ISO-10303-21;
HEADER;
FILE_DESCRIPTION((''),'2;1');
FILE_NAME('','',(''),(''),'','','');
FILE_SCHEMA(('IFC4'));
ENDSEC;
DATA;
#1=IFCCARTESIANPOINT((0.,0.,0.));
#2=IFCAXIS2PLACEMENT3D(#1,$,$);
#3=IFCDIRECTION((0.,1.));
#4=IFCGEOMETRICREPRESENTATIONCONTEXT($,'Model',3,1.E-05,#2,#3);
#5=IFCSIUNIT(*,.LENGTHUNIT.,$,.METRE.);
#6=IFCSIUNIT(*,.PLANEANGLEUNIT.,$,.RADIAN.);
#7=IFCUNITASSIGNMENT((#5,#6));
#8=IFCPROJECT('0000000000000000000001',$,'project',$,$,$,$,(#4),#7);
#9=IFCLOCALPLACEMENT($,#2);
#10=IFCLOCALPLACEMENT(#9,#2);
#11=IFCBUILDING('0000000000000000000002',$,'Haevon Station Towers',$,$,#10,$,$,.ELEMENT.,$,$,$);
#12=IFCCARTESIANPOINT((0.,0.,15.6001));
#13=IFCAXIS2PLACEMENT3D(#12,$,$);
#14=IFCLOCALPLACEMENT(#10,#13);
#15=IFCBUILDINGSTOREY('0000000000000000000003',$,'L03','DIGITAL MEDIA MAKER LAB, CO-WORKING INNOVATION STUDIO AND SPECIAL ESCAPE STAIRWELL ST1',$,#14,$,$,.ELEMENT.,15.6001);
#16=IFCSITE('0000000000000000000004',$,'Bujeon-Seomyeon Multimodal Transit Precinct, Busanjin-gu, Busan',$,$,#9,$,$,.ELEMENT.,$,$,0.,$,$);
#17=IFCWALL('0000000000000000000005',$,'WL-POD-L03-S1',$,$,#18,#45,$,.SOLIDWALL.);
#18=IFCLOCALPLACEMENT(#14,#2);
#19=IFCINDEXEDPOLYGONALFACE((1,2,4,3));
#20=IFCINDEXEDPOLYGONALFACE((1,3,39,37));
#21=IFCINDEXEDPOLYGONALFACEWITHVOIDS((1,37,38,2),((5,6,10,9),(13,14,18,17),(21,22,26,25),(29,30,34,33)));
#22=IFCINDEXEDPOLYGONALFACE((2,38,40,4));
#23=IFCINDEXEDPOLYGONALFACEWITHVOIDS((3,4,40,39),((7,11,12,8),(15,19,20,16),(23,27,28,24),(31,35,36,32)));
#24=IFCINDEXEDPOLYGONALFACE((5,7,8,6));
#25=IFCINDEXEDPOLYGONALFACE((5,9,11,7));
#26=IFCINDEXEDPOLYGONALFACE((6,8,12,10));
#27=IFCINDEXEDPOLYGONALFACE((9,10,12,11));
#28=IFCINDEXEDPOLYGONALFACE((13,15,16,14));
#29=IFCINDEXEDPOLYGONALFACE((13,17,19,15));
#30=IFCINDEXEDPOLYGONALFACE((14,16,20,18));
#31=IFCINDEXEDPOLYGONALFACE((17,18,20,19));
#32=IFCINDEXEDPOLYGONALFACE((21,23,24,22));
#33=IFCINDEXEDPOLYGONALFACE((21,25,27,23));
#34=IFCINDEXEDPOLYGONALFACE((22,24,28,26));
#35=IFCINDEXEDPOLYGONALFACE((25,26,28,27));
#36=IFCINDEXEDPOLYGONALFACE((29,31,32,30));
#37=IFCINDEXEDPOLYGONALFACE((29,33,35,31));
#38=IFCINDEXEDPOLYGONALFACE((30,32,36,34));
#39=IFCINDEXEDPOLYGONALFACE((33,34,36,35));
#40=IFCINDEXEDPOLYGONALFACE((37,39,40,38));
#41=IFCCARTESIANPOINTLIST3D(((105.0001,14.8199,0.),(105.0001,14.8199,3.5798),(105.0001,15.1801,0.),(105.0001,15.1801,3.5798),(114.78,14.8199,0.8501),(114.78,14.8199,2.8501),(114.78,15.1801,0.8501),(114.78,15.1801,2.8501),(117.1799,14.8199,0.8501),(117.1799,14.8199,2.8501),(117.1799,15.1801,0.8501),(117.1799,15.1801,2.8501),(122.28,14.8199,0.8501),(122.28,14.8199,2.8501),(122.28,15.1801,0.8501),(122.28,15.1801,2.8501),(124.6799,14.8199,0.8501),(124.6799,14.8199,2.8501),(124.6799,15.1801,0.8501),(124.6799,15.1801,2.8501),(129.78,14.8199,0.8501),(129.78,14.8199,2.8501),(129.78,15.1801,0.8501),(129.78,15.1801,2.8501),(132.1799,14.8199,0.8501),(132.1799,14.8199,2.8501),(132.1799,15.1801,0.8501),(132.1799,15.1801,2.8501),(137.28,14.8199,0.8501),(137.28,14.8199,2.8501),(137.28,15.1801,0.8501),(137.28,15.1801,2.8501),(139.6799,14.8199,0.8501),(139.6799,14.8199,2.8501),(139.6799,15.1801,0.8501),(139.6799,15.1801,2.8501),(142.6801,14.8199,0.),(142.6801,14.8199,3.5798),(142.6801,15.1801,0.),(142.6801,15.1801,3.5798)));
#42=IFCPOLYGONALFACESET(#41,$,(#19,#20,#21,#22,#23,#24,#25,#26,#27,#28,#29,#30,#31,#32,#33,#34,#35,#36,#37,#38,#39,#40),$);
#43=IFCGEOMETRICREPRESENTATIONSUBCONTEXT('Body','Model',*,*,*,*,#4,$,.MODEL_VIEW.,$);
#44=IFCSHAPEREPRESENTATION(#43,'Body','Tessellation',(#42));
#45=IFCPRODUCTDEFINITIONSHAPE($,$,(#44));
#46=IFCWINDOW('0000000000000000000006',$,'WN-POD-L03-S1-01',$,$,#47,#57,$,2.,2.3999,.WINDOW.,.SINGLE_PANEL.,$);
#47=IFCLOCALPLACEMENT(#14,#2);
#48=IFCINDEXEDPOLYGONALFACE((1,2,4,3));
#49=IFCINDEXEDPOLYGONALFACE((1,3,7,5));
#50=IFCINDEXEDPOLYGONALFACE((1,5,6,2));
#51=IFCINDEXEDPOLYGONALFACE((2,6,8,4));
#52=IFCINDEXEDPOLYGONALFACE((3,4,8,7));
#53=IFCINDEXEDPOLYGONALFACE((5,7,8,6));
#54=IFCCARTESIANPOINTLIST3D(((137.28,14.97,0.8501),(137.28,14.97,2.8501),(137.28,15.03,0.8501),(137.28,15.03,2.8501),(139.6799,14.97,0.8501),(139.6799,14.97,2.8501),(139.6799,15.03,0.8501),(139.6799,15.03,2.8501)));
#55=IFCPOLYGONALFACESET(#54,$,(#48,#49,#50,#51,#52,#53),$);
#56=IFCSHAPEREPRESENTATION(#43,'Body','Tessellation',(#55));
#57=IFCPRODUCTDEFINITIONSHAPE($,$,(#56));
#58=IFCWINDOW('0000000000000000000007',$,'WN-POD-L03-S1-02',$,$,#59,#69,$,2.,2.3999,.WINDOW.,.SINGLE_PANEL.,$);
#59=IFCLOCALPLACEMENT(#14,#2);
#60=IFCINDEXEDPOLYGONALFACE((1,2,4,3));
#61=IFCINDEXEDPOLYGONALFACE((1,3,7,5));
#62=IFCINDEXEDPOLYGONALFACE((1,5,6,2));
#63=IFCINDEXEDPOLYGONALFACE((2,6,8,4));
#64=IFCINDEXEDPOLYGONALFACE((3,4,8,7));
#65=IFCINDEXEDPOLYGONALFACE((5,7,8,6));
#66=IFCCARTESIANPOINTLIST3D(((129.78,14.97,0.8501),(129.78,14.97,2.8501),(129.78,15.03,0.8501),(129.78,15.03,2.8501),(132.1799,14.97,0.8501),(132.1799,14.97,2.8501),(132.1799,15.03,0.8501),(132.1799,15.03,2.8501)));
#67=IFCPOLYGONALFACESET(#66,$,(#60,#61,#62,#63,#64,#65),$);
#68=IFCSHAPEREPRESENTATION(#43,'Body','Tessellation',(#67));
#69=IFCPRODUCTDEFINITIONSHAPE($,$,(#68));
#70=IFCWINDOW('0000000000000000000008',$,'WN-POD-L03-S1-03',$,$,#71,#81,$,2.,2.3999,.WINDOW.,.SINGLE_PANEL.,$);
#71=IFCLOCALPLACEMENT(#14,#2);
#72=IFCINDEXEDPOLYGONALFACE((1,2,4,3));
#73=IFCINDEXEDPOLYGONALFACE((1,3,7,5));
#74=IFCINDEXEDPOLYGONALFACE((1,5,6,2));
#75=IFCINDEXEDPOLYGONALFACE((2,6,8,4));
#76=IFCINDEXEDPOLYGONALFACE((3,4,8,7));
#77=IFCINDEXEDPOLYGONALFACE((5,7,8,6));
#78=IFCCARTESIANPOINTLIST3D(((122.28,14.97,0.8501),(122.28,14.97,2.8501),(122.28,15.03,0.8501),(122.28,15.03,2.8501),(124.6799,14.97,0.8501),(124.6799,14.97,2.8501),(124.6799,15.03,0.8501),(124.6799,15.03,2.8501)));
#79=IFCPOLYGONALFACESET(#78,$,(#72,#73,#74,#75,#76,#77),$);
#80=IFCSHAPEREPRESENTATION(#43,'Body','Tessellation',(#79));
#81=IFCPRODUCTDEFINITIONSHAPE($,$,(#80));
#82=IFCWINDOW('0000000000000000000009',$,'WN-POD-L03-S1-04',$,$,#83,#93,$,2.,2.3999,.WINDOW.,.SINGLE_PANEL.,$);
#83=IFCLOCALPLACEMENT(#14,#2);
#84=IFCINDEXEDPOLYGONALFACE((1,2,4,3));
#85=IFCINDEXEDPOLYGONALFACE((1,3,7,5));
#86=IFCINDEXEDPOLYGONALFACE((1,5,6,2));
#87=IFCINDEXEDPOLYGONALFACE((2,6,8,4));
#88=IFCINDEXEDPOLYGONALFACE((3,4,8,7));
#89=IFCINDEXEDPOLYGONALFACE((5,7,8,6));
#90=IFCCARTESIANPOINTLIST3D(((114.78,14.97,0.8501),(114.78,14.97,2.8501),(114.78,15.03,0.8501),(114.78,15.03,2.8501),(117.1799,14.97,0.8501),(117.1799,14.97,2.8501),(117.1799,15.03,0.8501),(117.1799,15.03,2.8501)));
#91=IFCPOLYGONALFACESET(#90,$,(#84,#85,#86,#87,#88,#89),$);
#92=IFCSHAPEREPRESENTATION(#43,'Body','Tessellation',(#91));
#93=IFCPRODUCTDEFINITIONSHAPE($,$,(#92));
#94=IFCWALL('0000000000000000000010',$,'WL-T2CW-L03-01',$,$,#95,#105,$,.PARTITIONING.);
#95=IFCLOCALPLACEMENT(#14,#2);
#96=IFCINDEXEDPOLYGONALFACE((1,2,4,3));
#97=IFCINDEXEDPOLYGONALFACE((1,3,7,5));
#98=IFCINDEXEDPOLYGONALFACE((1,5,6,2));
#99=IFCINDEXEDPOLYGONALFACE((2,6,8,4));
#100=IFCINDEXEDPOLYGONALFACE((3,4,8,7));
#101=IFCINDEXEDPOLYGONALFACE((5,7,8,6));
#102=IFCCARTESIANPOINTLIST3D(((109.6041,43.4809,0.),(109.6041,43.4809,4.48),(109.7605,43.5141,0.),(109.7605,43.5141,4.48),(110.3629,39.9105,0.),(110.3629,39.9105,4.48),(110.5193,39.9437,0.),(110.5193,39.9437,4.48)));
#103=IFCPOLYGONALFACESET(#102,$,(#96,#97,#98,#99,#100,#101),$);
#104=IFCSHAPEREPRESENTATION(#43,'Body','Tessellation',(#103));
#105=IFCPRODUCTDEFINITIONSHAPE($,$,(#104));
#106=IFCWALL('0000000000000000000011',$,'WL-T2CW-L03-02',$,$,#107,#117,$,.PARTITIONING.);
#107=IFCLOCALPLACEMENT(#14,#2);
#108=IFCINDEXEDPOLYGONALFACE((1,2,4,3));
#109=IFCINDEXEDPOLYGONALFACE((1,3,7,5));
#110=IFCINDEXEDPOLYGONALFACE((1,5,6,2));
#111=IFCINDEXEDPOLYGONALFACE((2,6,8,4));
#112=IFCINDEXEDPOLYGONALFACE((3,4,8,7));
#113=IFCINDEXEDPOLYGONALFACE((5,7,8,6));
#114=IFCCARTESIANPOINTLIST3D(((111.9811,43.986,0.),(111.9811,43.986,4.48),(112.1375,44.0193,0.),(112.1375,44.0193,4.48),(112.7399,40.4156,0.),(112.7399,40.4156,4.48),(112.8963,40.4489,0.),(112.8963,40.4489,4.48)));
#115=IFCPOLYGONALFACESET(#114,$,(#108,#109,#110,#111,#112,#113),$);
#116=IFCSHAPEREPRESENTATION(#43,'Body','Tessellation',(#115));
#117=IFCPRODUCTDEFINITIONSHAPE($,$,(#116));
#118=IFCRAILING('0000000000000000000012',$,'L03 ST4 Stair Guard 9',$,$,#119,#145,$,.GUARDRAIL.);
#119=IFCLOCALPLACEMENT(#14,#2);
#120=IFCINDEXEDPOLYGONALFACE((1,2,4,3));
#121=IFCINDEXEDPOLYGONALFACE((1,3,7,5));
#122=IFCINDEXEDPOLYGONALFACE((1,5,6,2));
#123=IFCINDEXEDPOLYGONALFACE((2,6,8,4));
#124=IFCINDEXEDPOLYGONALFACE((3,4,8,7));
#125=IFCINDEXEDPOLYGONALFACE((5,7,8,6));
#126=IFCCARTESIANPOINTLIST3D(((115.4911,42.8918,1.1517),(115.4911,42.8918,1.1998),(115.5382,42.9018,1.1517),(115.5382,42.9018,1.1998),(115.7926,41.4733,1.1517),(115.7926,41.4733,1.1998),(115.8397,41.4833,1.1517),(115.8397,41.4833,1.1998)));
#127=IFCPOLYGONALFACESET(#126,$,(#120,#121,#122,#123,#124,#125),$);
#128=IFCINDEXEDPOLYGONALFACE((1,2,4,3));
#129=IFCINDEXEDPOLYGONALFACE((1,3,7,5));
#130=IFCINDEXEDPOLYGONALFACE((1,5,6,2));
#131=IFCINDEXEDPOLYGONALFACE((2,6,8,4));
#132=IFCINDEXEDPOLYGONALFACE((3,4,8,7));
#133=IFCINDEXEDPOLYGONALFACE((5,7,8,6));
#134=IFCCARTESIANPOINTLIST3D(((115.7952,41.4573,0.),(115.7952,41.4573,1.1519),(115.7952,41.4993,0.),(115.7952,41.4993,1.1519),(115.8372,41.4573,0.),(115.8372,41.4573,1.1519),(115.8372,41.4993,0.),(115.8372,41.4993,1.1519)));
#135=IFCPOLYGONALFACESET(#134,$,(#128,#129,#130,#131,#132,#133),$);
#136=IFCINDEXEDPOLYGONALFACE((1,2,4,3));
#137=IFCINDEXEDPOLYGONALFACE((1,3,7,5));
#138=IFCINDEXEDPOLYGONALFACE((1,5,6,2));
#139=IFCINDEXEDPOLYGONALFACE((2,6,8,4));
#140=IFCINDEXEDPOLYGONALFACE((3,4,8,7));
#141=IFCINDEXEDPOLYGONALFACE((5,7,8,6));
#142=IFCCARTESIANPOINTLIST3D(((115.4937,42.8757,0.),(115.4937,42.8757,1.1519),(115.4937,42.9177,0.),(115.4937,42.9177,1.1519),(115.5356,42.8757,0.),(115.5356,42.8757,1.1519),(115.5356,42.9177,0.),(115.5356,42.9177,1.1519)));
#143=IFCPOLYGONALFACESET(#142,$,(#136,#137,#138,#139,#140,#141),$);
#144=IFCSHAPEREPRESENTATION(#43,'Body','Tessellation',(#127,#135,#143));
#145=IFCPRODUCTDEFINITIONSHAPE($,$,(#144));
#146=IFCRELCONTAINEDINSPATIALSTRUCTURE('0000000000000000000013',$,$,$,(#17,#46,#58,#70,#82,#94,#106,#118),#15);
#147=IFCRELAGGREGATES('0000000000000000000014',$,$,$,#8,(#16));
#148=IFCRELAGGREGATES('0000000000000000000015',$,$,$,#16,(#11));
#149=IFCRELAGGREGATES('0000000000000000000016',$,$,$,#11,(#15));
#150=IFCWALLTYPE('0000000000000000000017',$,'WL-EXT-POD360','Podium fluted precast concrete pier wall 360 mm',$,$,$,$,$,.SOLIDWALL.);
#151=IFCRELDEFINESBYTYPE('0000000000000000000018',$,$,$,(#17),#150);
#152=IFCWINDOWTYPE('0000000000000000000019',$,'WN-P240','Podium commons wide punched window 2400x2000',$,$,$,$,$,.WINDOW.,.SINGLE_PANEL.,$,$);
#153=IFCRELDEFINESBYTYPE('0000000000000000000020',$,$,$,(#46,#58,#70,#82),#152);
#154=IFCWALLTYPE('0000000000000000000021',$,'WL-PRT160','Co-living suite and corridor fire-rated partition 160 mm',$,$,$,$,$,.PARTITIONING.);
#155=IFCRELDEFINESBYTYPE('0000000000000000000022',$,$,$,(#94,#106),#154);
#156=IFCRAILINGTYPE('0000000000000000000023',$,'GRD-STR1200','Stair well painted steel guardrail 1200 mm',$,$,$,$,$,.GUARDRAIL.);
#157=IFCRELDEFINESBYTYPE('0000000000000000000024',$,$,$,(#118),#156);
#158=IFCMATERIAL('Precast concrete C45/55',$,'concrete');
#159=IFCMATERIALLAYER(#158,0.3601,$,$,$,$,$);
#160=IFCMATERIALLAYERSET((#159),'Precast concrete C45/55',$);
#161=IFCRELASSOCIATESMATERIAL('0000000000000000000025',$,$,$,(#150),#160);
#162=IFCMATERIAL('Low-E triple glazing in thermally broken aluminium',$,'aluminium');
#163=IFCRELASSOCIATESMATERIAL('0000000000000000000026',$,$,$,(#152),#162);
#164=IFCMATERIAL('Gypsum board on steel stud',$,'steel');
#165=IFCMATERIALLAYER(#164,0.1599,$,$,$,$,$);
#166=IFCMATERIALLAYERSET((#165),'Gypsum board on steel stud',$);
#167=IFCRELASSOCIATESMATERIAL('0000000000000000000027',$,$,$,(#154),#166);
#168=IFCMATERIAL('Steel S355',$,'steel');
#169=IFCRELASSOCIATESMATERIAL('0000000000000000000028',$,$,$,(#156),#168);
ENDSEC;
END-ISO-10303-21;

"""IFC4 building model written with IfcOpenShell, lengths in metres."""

from ifc_helpers import new_model, si_unit, direction, frame, frame_2d, origin, origin_2d, place, context, subcontext, project, spatial, rectangle, extrude, material, layer, layer_set, type_object, element, fill, save


model = new_model("IFC4")

# Units and contexts
model_context = context("Model", 3, precision=1e-05, world=origin(), true_north=direction((0.0, 1.0)))
body_context = subcontext(model_context, "Body", "Model", "MODEL_VIEW")
ifc_project = project(units=[si_unit("LENGTHUNIT", "METRE"), si_unit("PLANEANGLEUNIT", "RADIAN")], contexts=[model_context])

# Site, building, storey
site_placement = place(None, origin())
site = spatial("IfcSite", under=ifc_project, at=site_placement, Name="Bujeon-Seomyeon Multimodal Transit Precinct, Busanjin-gu, Busan", CompositionType="ELEMENT", RefElevation=0.0)
building_placement = place(site_placement, origin())
building = spatial("IfcBuilding", under=site, at=building_placement, Name="Haevon Station Towers", CompositionType="ELEMENT")
storey_placement = place(building_placement, frame((0.0, 0.0, 15.6001)))
storey = spatial("IfcBuildingStorey", under=building, at=storey_placement, Name="L03", Description="DIGITAL MEDIA MAKER LAB, CO-WORKING INNOVATION STUDIO AND SPECIAL ESCAPE STAIRWELL ST1", CompositionType="ELEMENT", Elevation=15.6001)

# Shared definitions
ifc_material_1 = material(Name="Steel S355", Category="steel")

# Shared definitions
ifc_material_2 = material(Name="Gypsum board on steel stud", Category="steel")

# Wall, openings, windows
ifc_material_3 = material(Name="Precast concrete C45/55", Category="concrete")
ifc_layer_1 = layer(ifc_material_3, 0.3601)
ifc_layer_set_1 = layer_set([ifc_layer_1], Name="Precast concrete C45/55")
wall_type_1 = type_object("IfcWallType", Name="WL-EXT-POD360", Description="Podium fluted precast concrete pier wall 360 mm", PredefinedType="SOLIDWALL", material=ifc_layer_set_1)
wall_1_placement = place(storey_placement, frame((142.6799, 15.0, 0.0), z_axis=(0.0, 0.0, 1.0), x_axis=(-1.0, 0.0, 0.0)))
wall_1 = element("IfcWall", 1, at=wall_1_placement, inside=storey, type_object=wall_type_1, Name="WL-POD-L03-S1", PredefinedType="SOLIDWALL", context=body_context, shape_type="SweptSolid", body=[
    extrude(rectangle(XDim=37.6799, YDim=0.3601, at=frame_2d((18.8398, 0.0))), origin(), (0.0, 0.0, 1.0), 3.5798),
])
opening_1_placement = place(wall_1_placement, frame((3.0, 0.0, 0.8501)))
opening_1 = element("IfcOpeningElement", 2, at=opening_1_placement, cuts=wall_1, PredefinedType="OPENING", context=body_context, shape_type="SweptSolid", body=[
    extrude(rectangle(XDim=2.3999, YDim=2.0, at=frame_2d((1.2, 1.0))), frame((0.0, 0.1899, 0.0), z_axis=(0.0, -1.0, 0.0), x_axis=(1.0, 0.0, 0.0)), (0.0, 0.0, 1.0), 0.3801),
])
opening_2_placement = place(wall_1_placement, frame((10.5, 0.0, 0.8501)))
opening_2 = element("IfcOpeningElement", 3, at=opening_2_placement, cuts=wall_1, PredefinedType="OPENING", context=body_context, shape_type="SweptSolid", body=[
    extrude(rectangle(XDim=2.3999, YDim=2.0, at=frame_2d((1.2, 1.0))), frame((0.0, 0.1899, 0.0), z_axis=(0.0, -1.0, 0.0), x_axis=(1.0, 0.0, 0.0)), (0.0, 0.0, 1.0), 0.3801),
])
opening_3_placement = place(wall_1_placement, frame((18.0, 0.0, 0.8501)))
opening_3 = element("IfcOpeningElement", 4, at=opening_3_placement, cuts=wall_1, PredefinedType="OPENING", context=body_context, shape_type="SweptSolid", body=[
    extrude(rectangle(XDim=2.3999, YDim=2.0, at=frame_2d((1.2, 1.0))), frame((0.0, 0.1899, 0.0), z_axis=(0.0, -1.0, 0.0), x_axis=(1.0, 0.0, 0.0)), (0.0, 0.0, 1.0), 0.3801),
])
opening_4_placement = place(wall_1_placement, frame((25.5, 0.0, 0.8501)))
opening_4 = element("IfcOpeningElement", 5, at=opening_4_placement, cuts=wall_1, PredefinedType="OPENING", context=body_context, shape_type="SweptSolid", body=[
    extrude(rectangle(XDim=2.3999, YDim=2.0, at=frame_2d((1.2, 1.0))), frame((0.0, 0.1899, 0.0), z_axis=(0.0, -1.0, 0.0), x_axis=(1.0, 0.0, 0.0)), (0.0, 0.0, 1.0), 0.3801),
])
ifc_material_4 = material(Name="Low-E triple glazing in thermally broken aluminium", Category="aluminium")
window_type = type_object("IfcWindowType", Name="WN-P240", Description="Podium commons wide punched window 2400x2000", PartitioningType="SINGLE_PANEL", PredefinedType="WINDOW", material=ifc_material_4)
window_1_placement = place(opening_1_placement, origin())
window_1 = element("IfcWindow", 6, at=window_1_placement, inside=storey, type_object=window_type, Name="WN-POD-L03-S1-01", OverallHeight=2.0, OverallWidth=2.3999, PartitioningType="SINGLE_PANEL", PredefinedType="WINDOW", context=body_context, shape_type="SweptSolid", body=[
    extrude(rectangle(XDim=2.3999, YDim=2.0, at=frame_2d((1.2, 1.0))), frame((0.0, 0.03, 0.0), z_axis=(0.0, -1.0, 0.0), x_axis=(1.0, 0.0, 0.0)), (0.0, 0.0, 1.0), 0.0601),
])
fill(opening_1, window_1)
window_2_placement = place(opening_2_placement, origin())
window_2 = element("IfcWindow", 7, at=window_2_placement, inside=storey, type_object=window_type, Name="WN-POD-L03-S1-02", OverallHeight=2.0, OverallWidth=2.3999, PartitioningType="SINGLE_PANEL", PredefinedType="WINDOW", context=body_context, shape_type="SweptSolid", body=[
    extrude(rectangle(XDim=2.3999, YDim=2.0, at=frame_2d((1.2, 1.0))), frame((0.0, 0.03, 0.0), z_axis=(0.0, -1.0, 0.0), x_axis=(1.0, 0.0, 0.0)), (0.0, 0.0, 1.0), 0.0601),
])
fill(opening_2, window_2)
window_3_placement = place(opening_3_placement, origin())
window_3 = element("IfcWindow", 8, at=window_3_placement, inside=storey, type_object=window_type, Name="WN-POD-L03-S1-03", OverallHeight=2.0, OverallWidth=2.3999, PartitioningType="SINGLE_PANEL", PredefinedType="WINDOW", context=body_context, shape_type="SweptSolid", body=[
    extrude(rectangle(XDim=2.3999, YDim=2.0, at=frame_2d((1.2, 1.0))), frame((0.0, 0.03, 0.0), z_axis=(0.0, -1.0, 0.0), x_axis=(1.0, 0.0, 0.0)), (0.0, 0.0, 1.0), 0.0601),
])
fill(opening_3, window_3)
window_4_placement = place(opening_4_placement, origin())
window_4 = element("IfcWindow", 9, at=window_4_placement, inside=storey, type_object=window_type, Name="WN-POD-L03-S1-04", OverallHeight=2.0, OverallWidth=2.3999, PartitioningType="SINGLE_PANEL", PredefinedType="WINDOW", context=body_context, shape_type="SweptSolid", body=[
    extrude(rectangle(XDim=2.3999, YDim=2.0, at=frame_2d((1.2, 1.0))), frame((0.0, 0.03, 0.0), z_axis=(0.0, -1.0, 0.0), x_axis=(1.0, 0.0, 0.0)), (0.0, 0.0, 1.0), 0.0601),
])
fill(opening_4, window_4)

# Walls
ifc_layer_2 = layer(ifc_material_2, 0.1599)
ifc_layer_set_2 = layer_set([ifc_layer_2], Name="Gypsum board on steel stud")
wall_type_2 = type_object("IfcWallType", Name="WL-PRT160", Description="Co-living suite and corridor fire-rated partition 160 mm", PredefinedType="PARTITIONING", material=ifc_layer_set_2)
for number, where, z_axis, x_axis, name in (
    (10, (110.4412, 39.927, 0.0), (0.0, 0.0, 1.0), (-0.207884, 0.978153, 0.0), "WL-T2CW-L03-01"),
    (11, (112.8181, 40.4321, 0.0), (0.0, 0.0, 1.0), (-0.207884, 0.978153, 0.0), "WL-T2CW-L03-02"),
):
    element("IfcWall", number, at=place(storey_placement, frame(where, z_axis=z_axis, x_axis=x_axis)), inside=storey, type_object=wall_type_2, Name=name, PredefinedType="PARTITIONING", context=body_context, shape_type="SweptSolid", body=[
        extrude(rectangle(XDim=3.6501, YDim=0.1599, at=frame_2d((1.8252, 0.0))), origin(), (0.0, 0.0, 1.0), 4.48),
    ])

# Railing
railing_type = type_object("IfcRailingType", Name="GRD-STR1200", Description="Stair well painted steel guardrail 1200 mm", PredefinedType="GUARDRAIL", material=ifc_material_1)
railing_placement = place(storey_placement, frame((115.8162, 41.4783, 0.0)))
element("IfcRailing", 12, at=railing_placement, inside=storey, type_object=railing_type, Name="L03 ST4 Stair Guard 9", PredefinedType="GUARDRAIL", context=body_context, shape_type="SweptSolid", body=[
    extrude(rectangle(XDim=0.0481, YDim=0.0481, at=origin_2d()), frame((0.0, 0.0, 1.1758), z_axis=(-0.207919, 0.978146, 0.0), x_axis=(-0.978146, -0.207919, 0.0)), (0.0, 0.0, 1.0), 1.4502),
    extrude(rectangle(XDim=0.042, YDim=0.042, at=origin_2d()), origin(), (0.0, 0.0, 1.0), 1.1519),
    extrude(rectangle(XDim=0.042, YDim=0.042, at=origin_2d()), frame((-0.3015, 1.4185, 0.0)), (0.0, 0.0, 1.0), 1.1519),
])

save(model, "model.ifc")
